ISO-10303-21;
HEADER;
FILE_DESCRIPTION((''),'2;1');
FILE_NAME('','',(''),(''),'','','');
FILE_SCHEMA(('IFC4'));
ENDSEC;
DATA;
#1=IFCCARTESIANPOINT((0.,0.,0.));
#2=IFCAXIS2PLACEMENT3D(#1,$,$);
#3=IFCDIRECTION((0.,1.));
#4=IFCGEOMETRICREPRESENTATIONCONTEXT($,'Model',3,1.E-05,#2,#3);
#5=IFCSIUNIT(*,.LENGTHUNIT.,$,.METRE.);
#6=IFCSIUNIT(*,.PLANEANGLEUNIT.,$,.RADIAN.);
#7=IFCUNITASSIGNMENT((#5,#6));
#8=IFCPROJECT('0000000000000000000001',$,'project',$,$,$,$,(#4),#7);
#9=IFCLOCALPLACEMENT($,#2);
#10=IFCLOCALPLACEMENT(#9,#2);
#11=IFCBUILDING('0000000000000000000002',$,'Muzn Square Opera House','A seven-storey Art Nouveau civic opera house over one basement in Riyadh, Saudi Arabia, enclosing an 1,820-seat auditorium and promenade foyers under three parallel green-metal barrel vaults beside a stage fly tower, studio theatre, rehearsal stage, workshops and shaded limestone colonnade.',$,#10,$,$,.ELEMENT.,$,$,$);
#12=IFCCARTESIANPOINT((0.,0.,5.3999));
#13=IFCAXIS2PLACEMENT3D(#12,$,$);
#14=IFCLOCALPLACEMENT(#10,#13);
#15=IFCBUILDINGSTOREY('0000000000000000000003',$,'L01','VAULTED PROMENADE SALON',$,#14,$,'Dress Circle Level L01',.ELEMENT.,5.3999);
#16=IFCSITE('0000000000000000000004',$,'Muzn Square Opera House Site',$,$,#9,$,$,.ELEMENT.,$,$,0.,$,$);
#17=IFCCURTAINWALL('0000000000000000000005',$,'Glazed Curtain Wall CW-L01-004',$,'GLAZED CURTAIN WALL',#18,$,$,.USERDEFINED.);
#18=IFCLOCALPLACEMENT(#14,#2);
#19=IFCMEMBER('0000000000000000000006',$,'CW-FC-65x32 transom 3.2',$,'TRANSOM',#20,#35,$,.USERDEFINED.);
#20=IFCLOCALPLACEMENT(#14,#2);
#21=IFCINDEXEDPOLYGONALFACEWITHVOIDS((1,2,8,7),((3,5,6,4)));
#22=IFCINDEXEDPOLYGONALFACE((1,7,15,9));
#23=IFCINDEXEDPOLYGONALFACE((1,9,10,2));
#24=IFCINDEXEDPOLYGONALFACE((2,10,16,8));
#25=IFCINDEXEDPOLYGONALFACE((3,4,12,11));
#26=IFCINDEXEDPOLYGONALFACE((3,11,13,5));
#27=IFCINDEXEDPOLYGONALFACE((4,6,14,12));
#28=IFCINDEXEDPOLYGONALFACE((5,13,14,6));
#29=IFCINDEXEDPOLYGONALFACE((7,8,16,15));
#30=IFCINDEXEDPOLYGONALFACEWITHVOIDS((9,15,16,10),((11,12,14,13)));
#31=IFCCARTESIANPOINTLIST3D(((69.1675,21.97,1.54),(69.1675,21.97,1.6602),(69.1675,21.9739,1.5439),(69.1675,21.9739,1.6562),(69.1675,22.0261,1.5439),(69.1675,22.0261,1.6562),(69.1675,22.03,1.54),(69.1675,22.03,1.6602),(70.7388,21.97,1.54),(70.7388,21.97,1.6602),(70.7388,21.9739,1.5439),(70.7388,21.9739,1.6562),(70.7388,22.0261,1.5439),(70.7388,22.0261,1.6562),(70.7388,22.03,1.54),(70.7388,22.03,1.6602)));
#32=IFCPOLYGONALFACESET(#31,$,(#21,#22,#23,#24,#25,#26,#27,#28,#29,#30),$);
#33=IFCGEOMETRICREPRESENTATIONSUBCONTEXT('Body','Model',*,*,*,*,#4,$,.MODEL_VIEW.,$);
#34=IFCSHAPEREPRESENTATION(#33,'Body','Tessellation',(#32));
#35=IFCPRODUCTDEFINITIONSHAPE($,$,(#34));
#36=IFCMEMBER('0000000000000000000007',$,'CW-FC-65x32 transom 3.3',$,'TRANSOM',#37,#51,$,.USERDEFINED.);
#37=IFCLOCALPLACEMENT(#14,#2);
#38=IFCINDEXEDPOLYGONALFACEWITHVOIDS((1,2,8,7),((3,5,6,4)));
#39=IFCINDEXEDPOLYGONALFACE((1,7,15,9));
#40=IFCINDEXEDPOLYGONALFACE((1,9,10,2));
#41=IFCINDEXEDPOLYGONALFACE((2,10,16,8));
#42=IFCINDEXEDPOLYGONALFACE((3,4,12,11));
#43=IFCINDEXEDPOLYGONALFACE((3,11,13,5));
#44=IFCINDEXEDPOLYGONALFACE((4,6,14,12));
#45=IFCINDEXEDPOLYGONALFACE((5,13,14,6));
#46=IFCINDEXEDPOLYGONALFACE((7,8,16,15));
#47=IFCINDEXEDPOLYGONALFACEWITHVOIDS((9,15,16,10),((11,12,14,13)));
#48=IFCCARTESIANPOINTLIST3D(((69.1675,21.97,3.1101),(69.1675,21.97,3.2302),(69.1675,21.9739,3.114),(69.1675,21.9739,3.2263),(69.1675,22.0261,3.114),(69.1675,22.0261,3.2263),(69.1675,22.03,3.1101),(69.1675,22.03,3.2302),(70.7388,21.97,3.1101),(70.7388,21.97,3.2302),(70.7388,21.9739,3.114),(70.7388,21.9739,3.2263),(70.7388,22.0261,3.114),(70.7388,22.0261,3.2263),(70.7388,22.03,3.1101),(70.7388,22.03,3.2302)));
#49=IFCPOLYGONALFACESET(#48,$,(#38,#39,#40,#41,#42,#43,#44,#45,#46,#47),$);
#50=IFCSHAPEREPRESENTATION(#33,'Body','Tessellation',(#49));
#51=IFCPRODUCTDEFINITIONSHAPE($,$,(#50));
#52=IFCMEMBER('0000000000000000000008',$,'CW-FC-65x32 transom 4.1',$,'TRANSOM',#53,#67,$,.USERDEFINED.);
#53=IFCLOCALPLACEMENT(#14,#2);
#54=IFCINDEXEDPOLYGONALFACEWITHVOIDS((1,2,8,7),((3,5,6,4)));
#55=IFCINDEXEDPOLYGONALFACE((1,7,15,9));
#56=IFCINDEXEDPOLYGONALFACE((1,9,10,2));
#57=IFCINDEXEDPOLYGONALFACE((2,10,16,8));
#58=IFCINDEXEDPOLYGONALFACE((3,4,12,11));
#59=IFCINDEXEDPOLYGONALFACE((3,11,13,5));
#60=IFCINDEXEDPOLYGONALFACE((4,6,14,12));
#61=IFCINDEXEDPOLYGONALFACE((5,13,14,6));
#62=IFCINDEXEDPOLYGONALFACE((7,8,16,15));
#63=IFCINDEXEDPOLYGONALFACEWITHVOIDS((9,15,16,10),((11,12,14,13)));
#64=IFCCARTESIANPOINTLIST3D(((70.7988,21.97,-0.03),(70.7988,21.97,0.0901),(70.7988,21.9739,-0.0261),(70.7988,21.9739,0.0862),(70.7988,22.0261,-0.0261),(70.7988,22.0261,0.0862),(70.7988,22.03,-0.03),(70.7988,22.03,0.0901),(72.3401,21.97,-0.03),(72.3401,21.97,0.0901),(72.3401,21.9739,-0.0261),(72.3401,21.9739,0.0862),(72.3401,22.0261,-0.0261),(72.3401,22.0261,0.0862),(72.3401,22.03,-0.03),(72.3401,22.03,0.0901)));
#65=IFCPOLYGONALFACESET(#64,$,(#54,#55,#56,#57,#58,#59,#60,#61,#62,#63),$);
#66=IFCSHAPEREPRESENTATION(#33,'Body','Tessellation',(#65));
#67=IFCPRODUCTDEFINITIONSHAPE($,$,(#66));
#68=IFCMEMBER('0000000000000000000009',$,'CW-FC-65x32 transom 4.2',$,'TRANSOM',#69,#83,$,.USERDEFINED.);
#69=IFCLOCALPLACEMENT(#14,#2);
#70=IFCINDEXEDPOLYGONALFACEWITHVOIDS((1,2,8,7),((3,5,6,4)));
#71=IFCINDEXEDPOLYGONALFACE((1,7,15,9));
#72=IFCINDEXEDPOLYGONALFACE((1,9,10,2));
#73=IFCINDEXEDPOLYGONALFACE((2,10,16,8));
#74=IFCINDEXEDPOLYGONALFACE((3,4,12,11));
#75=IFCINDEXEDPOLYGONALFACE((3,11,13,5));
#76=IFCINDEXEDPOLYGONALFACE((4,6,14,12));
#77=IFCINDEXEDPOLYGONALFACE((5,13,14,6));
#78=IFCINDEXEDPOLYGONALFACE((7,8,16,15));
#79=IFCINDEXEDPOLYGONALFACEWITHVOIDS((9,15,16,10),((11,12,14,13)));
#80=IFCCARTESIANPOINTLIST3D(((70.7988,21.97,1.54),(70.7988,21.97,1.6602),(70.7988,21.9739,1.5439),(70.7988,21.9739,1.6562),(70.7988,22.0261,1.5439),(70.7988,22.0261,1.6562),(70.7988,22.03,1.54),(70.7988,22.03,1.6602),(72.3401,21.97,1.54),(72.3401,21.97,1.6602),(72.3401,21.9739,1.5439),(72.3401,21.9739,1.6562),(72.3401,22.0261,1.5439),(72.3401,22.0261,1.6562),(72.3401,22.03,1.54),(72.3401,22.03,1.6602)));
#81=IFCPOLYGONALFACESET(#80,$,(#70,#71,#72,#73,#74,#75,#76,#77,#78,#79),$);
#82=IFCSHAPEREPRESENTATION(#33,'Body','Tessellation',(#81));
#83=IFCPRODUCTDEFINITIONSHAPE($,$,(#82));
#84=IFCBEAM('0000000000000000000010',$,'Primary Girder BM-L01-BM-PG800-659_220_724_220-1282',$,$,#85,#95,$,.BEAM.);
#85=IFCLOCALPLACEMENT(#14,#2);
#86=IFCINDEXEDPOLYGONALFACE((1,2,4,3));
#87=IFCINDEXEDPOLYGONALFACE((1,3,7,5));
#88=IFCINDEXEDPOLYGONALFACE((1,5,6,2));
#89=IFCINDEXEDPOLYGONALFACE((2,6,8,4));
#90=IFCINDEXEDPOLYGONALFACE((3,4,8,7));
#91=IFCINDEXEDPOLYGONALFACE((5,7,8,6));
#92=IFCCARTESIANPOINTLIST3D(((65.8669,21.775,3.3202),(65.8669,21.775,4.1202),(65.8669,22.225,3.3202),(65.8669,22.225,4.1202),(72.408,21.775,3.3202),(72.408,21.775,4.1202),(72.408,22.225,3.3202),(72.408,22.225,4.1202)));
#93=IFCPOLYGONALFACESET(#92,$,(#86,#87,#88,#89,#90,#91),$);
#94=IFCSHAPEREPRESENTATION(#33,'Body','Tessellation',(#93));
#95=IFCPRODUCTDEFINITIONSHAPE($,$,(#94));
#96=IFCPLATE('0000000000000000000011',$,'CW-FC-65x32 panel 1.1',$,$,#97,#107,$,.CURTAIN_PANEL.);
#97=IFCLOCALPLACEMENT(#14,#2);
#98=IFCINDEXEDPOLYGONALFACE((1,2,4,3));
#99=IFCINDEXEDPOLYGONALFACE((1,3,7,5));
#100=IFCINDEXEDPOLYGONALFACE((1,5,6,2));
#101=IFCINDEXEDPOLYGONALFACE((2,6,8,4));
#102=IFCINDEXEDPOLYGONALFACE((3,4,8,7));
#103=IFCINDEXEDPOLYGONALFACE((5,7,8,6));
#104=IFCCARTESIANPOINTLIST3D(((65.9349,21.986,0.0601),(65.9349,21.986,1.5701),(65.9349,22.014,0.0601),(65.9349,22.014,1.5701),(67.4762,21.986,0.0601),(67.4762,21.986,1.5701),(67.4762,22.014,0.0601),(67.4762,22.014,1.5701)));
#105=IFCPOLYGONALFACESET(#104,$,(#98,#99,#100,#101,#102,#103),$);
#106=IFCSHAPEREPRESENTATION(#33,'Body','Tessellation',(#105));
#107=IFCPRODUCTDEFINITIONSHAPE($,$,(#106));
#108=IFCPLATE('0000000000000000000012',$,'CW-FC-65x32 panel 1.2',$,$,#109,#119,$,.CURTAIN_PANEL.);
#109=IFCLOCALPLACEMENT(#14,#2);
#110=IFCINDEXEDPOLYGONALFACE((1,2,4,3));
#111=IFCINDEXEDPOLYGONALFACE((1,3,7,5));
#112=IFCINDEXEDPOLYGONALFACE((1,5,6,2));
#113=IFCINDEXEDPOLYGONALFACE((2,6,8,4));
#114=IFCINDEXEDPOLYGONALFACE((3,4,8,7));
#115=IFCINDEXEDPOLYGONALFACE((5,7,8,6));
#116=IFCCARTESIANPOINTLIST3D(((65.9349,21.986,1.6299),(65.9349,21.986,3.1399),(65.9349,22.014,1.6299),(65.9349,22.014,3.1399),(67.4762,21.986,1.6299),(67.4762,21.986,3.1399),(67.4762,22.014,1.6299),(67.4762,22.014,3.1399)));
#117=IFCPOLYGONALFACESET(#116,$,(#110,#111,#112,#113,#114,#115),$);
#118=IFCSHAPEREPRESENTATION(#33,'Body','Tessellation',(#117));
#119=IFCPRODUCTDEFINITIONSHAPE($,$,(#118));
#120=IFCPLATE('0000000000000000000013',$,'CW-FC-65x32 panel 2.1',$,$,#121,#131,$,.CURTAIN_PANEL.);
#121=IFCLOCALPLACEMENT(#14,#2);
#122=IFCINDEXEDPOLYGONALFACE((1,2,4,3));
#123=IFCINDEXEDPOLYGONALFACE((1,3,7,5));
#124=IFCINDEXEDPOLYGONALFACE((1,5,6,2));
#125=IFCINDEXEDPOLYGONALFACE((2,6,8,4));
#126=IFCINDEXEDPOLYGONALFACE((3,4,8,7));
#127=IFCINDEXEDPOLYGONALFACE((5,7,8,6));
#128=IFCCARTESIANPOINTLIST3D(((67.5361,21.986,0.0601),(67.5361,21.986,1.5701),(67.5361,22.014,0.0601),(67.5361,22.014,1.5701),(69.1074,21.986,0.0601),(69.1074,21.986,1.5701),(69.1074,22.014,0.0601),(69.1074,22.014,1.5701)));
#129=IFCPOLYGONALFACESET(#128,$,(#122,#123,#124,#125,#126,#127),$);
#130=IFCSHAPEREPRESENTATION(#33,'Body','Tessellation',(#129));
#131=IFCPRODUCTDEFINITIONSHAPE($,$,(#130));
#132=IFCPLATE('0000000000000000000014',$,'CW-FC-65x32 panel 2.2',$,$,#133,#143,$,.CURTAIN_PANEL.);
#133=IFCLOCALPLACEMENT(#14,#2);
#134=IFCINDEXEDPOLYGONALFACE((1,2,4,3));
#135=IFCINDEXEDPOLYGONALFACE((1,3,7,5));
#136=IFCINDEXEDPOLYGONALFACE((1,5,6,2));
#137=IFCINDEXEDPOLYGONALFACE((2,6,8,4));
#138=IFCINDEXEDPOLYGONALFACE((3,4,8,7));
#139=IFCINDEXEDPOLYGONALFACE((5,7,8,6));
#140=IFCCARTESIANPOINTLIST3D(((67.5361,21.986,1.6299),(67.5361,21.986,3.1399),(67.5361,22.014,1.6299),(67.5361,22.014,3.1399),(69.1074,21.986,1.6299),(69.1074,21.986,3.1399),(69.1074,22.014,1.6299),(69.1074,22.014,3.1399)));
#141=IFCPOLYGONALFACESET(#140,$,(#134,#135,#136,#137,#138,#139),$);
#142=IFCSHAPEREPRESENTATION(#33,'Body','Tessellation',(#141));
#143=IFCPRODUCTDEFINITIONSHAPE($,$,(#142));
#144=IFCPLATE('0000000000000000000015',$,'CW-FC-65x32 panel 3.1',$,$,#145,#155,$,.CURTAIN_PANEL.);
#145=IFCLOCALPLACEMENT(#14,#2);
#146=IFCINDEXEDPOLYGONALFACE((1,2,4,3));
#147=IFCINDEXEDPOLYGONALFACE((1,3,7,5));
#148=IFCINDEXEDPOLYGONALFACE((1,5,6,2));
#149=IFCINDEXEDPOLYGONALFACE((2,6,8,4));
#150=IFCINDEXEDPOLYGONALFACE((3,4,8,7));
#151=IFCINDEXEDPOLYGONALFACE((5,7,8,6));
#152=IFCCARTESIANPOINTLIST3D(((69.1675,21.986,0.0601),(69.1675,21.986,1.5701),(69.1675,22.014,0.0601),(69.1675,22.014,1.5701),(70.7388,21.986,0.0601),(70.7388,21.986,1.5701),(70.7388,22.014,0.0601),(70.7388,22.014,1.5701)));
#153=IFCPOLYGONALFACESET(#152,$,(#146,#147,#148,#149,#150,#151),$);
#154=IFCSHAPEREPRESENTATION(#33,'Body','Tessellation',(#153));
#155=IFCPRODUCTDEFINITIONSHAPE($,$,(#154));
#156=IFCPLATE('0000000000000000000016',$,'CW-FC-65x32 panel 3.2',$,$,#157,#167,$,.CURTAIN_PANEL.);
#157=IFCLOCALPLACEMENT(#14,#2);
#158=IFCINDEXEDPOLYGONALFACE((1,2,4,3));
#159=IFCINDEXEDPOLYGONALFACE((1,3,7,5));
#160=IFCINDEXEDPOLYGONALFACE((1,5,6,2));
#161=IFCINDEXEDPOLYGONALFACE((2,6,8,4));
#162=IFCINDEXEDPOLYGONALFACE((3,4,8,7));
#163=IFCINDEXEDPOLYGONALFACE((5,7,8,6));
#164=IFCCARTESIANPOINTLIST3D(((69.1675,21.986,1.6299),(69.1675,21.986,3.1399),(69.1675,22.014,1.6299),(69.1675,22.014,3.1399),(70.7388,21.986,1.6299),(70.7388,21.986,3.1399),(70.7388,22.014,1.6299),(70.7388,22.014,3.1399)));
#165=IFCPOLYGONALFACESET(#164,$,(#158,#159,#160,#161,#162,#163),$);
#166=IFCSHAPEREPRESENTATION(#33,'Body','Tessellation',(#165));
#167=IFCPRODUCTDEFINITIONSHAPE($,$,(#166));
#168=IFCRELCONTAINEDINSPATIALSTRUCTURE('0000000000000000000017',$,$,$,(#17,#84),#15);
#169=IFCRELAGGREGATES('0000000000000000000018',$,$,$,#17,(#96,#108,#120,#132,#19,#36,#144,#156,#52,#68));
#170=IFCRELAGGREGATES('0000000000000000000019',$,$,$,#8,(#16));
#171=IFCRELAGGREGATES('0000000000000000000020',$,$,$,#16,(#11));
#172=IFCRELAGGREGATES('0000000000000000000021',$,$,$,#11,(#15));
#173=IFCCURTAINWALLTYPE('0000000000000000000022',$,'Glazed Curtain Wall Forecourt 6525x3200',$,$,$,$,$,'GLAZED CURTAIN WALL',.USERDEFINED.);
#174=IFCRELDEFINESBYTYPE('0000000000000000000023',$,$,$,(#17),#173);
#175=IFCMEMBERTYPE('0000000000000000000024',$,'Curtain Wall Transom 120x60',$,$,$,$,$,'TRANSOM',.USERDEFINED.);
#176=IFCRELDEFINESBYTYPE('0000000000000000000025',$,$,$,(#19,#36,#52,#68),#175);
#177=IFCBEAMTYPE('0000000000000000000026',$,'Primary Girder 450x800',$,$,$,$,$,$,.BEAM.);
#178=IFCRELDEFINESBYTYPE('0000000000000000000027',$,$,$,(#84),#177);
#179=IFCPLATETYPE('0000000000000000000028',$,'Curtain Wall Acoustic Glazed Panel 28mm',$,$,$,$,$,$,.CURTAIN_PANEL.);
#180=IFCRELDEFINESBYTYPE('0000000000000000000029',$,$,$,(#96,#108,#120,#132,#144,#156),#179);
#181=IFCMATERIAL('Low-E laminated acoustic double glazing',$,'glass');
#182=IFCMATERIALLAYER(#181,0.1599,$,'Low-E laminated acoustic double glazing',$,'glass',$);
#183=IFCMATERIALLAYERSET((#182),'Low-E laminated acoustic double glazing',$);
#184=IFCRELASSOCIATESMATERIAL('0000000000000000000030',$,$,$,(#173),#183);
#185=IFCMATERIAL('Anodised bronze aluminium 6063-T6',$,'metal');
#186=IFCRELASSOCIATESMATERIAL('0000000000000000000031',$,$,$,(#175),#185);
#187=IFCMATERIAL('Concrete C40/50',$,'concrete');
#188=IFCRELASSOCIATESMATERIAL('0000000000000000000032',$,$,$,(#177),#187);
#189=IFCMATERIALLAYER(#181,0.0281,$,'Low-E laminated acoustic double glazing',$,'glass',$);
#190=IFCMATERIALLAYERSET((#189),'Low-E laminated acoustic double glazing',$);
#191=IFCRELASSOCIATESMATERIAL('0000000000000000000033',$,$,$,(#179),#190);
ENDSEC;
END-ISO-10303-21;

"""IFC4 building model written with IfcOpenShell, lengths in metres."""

from ifc_helpers import new_model, si_unit, direction, frame, origin, origin_2d, place, context, subcontext, project, spatial, rectangle, hollow_rectangle, extrude, material, layer, layer_set, material_profile, profile_set, type_object, element, aggregate, save


model = new_model("IFC4")

# Units and contexts
model_context = context("Model", 3, precision=1e-05, world=origin(), true_north=direction((0.0, 1.0)))
body_context = subcontext(model_context, "Body", "Model", "MODEL_VIEW")
ifc_project = project(units=[si_unit("LENGTHUNIT", "METRE"), si_unit("PLANEANGLEUNIT", "RADIAN")], contexts=[model_context])

# Site, building, storey
site_placement = place(None, origin())
site = spatial("IfcSite", under=ifc_project, at=site_placement, Name="Muzn Square Opera House Site", CompositionType="ELEMENT", RefElevation=0.0)
building_placement = place(site_placement, origin())
building = spatial("IfcBuilding", under=site, at=building_placement, Name="Muzn Square Opera House", Description="A seven-storey Art Nouveau civic opera house over one basement in Riyadh, Saudi Arabia, enclosing an 1,820-seat auditorium and promenade foyers under three parallel green-metal barrel vaults beside a stage fly tower, studio theatre, rehearsal stage, workshops and shaded limestone colonnade.", CompositionType="ELEMENT")
storey_placement = place(building_placement, frame((0.0, 0.0, 5.3999)))
storey = spatial("IfcBuildingStorey", under=building, at=storey_placement, Name="L01", Description="VAULTED PROMENADE SALON", LongName="Dress Circle Level L01", CompositionType="ELEMENT", Elevation=5.3999)

# Curtain wall, members
ifc_material_1 = material(Name="Low-E laminated acoustic double glazing", Category="glass")
ifc_layer_1 = layer(ifc_material_1, 0.1599, Name="Low-E laminated acoustic double glazing", Category="glass")
ifc_layer_set_1 = layer_set([ifc_layer_1], Name="Low-E laminated acoustic double glazing")
curtain_wall_type = type_object("IfcCurtainWallType", Name="Glazed Curtain Wall Forecourt 6525x3200", ElementType="GLAZED CURTAIN WALL", PredefinedType="USERDEFINED", material=ifc_layer_set_1)
curtain_wall_placement = place(storey_placement, origin())
curtain_wall = element("IfcCurtainWall", 1, at=curtain_wall_placement, inside=storey, type_object=curtain_wall_type, Name="Glazed Curtain Wall CW-L01-004", ObjectType="GLAZED CURTAIN WALL", PredefinedType="USERDEFINED")
ifc_material_2 = material(Name="Anodised bronze aluminium 6063-T6", Category="metal")
ifc_material_profile_1 = material_profile(ifc_material_2, hollow_rectangle(XDim=0.0601, YDim=0.1201, WallThickness=0.0039, at=origin_2d()), Name="ALU 120x60x4", Category="metal")
ifc_profile_set_1 = profile_set([ifc_material_profile_1], Name="Anodised bronze aluminium 6063-T6")
member_type_1 = type_object("IfcMemberType", Name="Curtain Wall Transom 120x60", ElementType="TRANSOM", PredefinedType="USERDEFINED", material=ifc_profile_set_1)
member_1_placement = place(storey_placement, frame((69.1675, 22.0, 1.6001), z_axis=(1.0, 0.0, 0.0), x_axis=(0.0, 1.0, 0.0)))
member_1 = element("IfcMember", 2, at=member_1_placement, type_object=member_type_1, Name="CW-FC-65x32 transom 3.2", ObjectType="TRANSOM", PredefinedType="USERDEFINED", context=body_context, shape_type="SweptSolid", body=[
    extrude(hollow_rectangle(XDim=0.0601, YDim=0.1201, WallThickness=0.0039, at=origin_2d()), origin(), (0.0, 0.0, 1.0), 1.5713),
])
member_2_placement = place(storey_placement, frame((69.1675, 22.0, 3.1702), z_axis=(1.0, 0.0, 0.0), x_axis=(0.0, 1.0, 0.0)))
member_2 = element("IfcMember", 3, at=member_2_placement, type_object=member_type_1, Name="CW-FC-65x32 transom 3.3", ObjectType="TRANSOM", PredefinedType="USERDEFINED", context=body_context, shape_type="SweptSolid", body=[
    extrude(hollow_rectangle(XDim=0.0601, YDim=0.1201, WallThickness=0.0039, at=origin_2d()), origin(), (0.0, 0.0, 1.0), 1.5713),
])
member_3_placement = place(storey_placement, frame((70.7988, 22.0, 0.03), z_axis=(1.0, 0.0, 0.0), x_axis=(0.0, 1.0, 0.0)))
member_3 = element("IfcMember", 4, at=member_3_placement, type_object=member_type_1, Name="CW-FC-65x32 transom 4.1", ObjectType="TRANSOM", PredefinedType="USERDEFINED", context=body_context, shape_type="SweptSolid", body=[
    extrude(hollow_rectangle(XDim=0.0601, YDim=0.1201, WallThickness=0.0039, at=origin_2d()), origin(), (0.0, 0.0, 1.0), 1.5413),
])
member_4_placement = place(storey_placement, frame((70.7988, 22.0, 1.6001), z_axis=(1.0, 0.0, 0.0), x_axis=(0.0, 1.0, 0.0)))
member_4 = element("IfcMember", 5, at=member_4_placement, type_object=member_type_1, Name="CW-FC-65x32 transom 4.2", ObjectType="TRANSOM", PredefinedType="USERDEFINED", context=body_context, shape_type="SweptSolid", body=[
    extrude(hollow_rectangle(XDim=0.0601, YDim=0.1201, WallThickness=0.0039, at=origin_2d()), origin(), (0.0, 0.0, 1.0), 1.5413),
])

# Beam
ifc_material_3 = material(Name="Concrete C40/50", Category="concrete")
ifc_material_profile_2 = material_profile(ifc_material_3, rectangle(XDim=0.45, YDim=0.8, at=origin_2d()), Name="RCB 450x800", Category="concrete")
ifc_profile_set_2 = profile_set([ifc_material_profile_2], Name="Concrete C40/50")
beam_type = type_object("IfcBeamType", Name="Primary Girder 450x800", PredefinedType="BEAM", material=ifc_profile_set_2)
beam_placement = place(storey_placement, frame((65.8669, 22.0, 3.7202), z_axis=(1.0, 0.0, 0.0), x_axis=(0.0, 1.0, 0.0)))
element("IfcBeam", 6, at=beam_placement, inside=storey, type_object=beam_type, Name="Primary Girder BM-L01-BM-PG800-659_220_724_220-1282", PredefinedType="BEAM", context=body_context, shape_type="SweptSolid", body=[
    extrude(rectangle(XDim=0.45, YDim=0.8, at=origin_2d()), origin(), (0.0, 0.0, 1.0), 6.541),
])

# Plates
ifc_layer_2 = layer(ifc_material_1, 0.0281, Name="Low-E laminated acoustic double glazing", Category="glass")
ifc_layer_set_2 = layer_set([ifc_layer_2], Name="Low-E laminated acoustic double glazing")
plate_type = type_object("IfcPlateType", Name="Curtain Wall Acoustic Glazed Panel 28mm", PredefinedType="CURTAIN_PANEL", material=ifc_layer_set_2)
plate_1_placement = place(storey_placement, frame((66.7056, 22.0, 0.0601), z_axis=(0.0, 0.0, 1.0), x_axis=(1.0, 0.0, 0.0)))
plate_1 = element("IfcPlate", 7, at=plate_1_placement, type_object=plate_type, Name="CW-FC-65x32 panel 1.1", PredefinedType="CURTAIN_PANEL", context=body_context, shape_type="SweptSolid", body=[
    extrude(rectangle(XDim=1.5413, YDim=0.0281, at=origin_2d()), origin(), (0.0, 0.0, 1.0), 1.51),
])
plate_2_placement = place(storey_placement, frame((66.7056, 22.0, 1.6299), z_axis=(0.0, 0.0, 1.0), x_axis=(1.0, 0.0, 0.0)))
plate_2 = element("IfcPlate", 8, at=plate_2_placement, type_object=plate_type, Name="CW-FC-65x32 panel 1.2", PredefinedType="CURTAIN_PANEL", context=body_context, shape_type="SweptSolid", body=[
    extrude(rectangle(XDim=1.5413, YDim=0.0281, at=origin_2d()), origin(), (0.0, 0.0, 1.0), 1.51),
])
plate_3_placement = place(storey_placement, frame((68.3218, 22.0, 0.0601), z_axis=(0.0, 0.0, 1.0), x_axis=(1.0, 0.0, 0.0)))
plate_3 = element("IfcPlate", 9, at=plate_3_placement, type_object=plate_type, Name="CW-FC-65x32 panel 2.1", PredefinedType="CURTAIN_PANEL", context=body_context, shape_type="SweptSolid", body=[
    extrude(rectangle(XDim=1.5713, YDim=0.0281, at=origin_2d()), origin(), (0.0, 0.0, 1.0), 1.51),
])
plate_4_placement = place(storey_placement, frame((68.3218, 22.0, 1.6299), z_axis=(0.0, 0.0, 1.0), x_axis=(1.0, 0.0, 0.0)))
plate_4 = element("IfcPlate", 10, at=plate_4_placement, type_object=plate_type, Name="CW-FC-65x32 panel 2.2", PredefinedType="CURTAIN_PANEL", context=body_context, shape_type="SweptSolid", body=[
    extrude(rectangle(XDim=1.5713, YDim=0.0281, at=origin_2d()), origin(), (0.0, 0.0, 1.0), 1.51),
])
plate_5_placement = place(storey_placement, frame((69.9531, 22.0, 0.0601), z_axis=(0.0, 0.0, 1.0), x_axis=(1.0, 0.0, 0.0)))
plate_5 = element("IfcPlate", 11, at=plate_5_placement, type_object=plate_type, Name="CW-FC-65x32 panel 3.1", PredefinedType="CURTAIN_PANEL", context=body_context, shape_type="SweptSolid", body=[
    extrude(rectangle(XDim=1.5713, YDim=0.0281, at=origin_2d()), origin(), (0.0, 0.0, 1.0), 1.51),
])
plate_6_placement = place(storey_placement, frame((69.9531, 22.0, 1.6299), z_axis=(0.0, 0.0, 1.0), x_axis=(1.0, 0.0, 0.0)))
plate_6 = element("IfcPlate", 12, at=plate_6_placement, type_object=plate_type, Name="CW-FC-65x32 panel 3.2", PredefinedType="CURTAIN_PANEL", context=body_context, shape_type="SweptSolid", body=[
    extrude(rectangle(XDim=1.5713, YDim=0.0281, at=origin_2d()), origin(), (0.0, 0.0, 1.0), 1.51),
])
aggregate(curtain_wall, [plate_1, plate_2, plate_3, plate_4, member_1, member_2, plate_5, plate_6, member_3, member_4])

save(model, "model.ifc")
